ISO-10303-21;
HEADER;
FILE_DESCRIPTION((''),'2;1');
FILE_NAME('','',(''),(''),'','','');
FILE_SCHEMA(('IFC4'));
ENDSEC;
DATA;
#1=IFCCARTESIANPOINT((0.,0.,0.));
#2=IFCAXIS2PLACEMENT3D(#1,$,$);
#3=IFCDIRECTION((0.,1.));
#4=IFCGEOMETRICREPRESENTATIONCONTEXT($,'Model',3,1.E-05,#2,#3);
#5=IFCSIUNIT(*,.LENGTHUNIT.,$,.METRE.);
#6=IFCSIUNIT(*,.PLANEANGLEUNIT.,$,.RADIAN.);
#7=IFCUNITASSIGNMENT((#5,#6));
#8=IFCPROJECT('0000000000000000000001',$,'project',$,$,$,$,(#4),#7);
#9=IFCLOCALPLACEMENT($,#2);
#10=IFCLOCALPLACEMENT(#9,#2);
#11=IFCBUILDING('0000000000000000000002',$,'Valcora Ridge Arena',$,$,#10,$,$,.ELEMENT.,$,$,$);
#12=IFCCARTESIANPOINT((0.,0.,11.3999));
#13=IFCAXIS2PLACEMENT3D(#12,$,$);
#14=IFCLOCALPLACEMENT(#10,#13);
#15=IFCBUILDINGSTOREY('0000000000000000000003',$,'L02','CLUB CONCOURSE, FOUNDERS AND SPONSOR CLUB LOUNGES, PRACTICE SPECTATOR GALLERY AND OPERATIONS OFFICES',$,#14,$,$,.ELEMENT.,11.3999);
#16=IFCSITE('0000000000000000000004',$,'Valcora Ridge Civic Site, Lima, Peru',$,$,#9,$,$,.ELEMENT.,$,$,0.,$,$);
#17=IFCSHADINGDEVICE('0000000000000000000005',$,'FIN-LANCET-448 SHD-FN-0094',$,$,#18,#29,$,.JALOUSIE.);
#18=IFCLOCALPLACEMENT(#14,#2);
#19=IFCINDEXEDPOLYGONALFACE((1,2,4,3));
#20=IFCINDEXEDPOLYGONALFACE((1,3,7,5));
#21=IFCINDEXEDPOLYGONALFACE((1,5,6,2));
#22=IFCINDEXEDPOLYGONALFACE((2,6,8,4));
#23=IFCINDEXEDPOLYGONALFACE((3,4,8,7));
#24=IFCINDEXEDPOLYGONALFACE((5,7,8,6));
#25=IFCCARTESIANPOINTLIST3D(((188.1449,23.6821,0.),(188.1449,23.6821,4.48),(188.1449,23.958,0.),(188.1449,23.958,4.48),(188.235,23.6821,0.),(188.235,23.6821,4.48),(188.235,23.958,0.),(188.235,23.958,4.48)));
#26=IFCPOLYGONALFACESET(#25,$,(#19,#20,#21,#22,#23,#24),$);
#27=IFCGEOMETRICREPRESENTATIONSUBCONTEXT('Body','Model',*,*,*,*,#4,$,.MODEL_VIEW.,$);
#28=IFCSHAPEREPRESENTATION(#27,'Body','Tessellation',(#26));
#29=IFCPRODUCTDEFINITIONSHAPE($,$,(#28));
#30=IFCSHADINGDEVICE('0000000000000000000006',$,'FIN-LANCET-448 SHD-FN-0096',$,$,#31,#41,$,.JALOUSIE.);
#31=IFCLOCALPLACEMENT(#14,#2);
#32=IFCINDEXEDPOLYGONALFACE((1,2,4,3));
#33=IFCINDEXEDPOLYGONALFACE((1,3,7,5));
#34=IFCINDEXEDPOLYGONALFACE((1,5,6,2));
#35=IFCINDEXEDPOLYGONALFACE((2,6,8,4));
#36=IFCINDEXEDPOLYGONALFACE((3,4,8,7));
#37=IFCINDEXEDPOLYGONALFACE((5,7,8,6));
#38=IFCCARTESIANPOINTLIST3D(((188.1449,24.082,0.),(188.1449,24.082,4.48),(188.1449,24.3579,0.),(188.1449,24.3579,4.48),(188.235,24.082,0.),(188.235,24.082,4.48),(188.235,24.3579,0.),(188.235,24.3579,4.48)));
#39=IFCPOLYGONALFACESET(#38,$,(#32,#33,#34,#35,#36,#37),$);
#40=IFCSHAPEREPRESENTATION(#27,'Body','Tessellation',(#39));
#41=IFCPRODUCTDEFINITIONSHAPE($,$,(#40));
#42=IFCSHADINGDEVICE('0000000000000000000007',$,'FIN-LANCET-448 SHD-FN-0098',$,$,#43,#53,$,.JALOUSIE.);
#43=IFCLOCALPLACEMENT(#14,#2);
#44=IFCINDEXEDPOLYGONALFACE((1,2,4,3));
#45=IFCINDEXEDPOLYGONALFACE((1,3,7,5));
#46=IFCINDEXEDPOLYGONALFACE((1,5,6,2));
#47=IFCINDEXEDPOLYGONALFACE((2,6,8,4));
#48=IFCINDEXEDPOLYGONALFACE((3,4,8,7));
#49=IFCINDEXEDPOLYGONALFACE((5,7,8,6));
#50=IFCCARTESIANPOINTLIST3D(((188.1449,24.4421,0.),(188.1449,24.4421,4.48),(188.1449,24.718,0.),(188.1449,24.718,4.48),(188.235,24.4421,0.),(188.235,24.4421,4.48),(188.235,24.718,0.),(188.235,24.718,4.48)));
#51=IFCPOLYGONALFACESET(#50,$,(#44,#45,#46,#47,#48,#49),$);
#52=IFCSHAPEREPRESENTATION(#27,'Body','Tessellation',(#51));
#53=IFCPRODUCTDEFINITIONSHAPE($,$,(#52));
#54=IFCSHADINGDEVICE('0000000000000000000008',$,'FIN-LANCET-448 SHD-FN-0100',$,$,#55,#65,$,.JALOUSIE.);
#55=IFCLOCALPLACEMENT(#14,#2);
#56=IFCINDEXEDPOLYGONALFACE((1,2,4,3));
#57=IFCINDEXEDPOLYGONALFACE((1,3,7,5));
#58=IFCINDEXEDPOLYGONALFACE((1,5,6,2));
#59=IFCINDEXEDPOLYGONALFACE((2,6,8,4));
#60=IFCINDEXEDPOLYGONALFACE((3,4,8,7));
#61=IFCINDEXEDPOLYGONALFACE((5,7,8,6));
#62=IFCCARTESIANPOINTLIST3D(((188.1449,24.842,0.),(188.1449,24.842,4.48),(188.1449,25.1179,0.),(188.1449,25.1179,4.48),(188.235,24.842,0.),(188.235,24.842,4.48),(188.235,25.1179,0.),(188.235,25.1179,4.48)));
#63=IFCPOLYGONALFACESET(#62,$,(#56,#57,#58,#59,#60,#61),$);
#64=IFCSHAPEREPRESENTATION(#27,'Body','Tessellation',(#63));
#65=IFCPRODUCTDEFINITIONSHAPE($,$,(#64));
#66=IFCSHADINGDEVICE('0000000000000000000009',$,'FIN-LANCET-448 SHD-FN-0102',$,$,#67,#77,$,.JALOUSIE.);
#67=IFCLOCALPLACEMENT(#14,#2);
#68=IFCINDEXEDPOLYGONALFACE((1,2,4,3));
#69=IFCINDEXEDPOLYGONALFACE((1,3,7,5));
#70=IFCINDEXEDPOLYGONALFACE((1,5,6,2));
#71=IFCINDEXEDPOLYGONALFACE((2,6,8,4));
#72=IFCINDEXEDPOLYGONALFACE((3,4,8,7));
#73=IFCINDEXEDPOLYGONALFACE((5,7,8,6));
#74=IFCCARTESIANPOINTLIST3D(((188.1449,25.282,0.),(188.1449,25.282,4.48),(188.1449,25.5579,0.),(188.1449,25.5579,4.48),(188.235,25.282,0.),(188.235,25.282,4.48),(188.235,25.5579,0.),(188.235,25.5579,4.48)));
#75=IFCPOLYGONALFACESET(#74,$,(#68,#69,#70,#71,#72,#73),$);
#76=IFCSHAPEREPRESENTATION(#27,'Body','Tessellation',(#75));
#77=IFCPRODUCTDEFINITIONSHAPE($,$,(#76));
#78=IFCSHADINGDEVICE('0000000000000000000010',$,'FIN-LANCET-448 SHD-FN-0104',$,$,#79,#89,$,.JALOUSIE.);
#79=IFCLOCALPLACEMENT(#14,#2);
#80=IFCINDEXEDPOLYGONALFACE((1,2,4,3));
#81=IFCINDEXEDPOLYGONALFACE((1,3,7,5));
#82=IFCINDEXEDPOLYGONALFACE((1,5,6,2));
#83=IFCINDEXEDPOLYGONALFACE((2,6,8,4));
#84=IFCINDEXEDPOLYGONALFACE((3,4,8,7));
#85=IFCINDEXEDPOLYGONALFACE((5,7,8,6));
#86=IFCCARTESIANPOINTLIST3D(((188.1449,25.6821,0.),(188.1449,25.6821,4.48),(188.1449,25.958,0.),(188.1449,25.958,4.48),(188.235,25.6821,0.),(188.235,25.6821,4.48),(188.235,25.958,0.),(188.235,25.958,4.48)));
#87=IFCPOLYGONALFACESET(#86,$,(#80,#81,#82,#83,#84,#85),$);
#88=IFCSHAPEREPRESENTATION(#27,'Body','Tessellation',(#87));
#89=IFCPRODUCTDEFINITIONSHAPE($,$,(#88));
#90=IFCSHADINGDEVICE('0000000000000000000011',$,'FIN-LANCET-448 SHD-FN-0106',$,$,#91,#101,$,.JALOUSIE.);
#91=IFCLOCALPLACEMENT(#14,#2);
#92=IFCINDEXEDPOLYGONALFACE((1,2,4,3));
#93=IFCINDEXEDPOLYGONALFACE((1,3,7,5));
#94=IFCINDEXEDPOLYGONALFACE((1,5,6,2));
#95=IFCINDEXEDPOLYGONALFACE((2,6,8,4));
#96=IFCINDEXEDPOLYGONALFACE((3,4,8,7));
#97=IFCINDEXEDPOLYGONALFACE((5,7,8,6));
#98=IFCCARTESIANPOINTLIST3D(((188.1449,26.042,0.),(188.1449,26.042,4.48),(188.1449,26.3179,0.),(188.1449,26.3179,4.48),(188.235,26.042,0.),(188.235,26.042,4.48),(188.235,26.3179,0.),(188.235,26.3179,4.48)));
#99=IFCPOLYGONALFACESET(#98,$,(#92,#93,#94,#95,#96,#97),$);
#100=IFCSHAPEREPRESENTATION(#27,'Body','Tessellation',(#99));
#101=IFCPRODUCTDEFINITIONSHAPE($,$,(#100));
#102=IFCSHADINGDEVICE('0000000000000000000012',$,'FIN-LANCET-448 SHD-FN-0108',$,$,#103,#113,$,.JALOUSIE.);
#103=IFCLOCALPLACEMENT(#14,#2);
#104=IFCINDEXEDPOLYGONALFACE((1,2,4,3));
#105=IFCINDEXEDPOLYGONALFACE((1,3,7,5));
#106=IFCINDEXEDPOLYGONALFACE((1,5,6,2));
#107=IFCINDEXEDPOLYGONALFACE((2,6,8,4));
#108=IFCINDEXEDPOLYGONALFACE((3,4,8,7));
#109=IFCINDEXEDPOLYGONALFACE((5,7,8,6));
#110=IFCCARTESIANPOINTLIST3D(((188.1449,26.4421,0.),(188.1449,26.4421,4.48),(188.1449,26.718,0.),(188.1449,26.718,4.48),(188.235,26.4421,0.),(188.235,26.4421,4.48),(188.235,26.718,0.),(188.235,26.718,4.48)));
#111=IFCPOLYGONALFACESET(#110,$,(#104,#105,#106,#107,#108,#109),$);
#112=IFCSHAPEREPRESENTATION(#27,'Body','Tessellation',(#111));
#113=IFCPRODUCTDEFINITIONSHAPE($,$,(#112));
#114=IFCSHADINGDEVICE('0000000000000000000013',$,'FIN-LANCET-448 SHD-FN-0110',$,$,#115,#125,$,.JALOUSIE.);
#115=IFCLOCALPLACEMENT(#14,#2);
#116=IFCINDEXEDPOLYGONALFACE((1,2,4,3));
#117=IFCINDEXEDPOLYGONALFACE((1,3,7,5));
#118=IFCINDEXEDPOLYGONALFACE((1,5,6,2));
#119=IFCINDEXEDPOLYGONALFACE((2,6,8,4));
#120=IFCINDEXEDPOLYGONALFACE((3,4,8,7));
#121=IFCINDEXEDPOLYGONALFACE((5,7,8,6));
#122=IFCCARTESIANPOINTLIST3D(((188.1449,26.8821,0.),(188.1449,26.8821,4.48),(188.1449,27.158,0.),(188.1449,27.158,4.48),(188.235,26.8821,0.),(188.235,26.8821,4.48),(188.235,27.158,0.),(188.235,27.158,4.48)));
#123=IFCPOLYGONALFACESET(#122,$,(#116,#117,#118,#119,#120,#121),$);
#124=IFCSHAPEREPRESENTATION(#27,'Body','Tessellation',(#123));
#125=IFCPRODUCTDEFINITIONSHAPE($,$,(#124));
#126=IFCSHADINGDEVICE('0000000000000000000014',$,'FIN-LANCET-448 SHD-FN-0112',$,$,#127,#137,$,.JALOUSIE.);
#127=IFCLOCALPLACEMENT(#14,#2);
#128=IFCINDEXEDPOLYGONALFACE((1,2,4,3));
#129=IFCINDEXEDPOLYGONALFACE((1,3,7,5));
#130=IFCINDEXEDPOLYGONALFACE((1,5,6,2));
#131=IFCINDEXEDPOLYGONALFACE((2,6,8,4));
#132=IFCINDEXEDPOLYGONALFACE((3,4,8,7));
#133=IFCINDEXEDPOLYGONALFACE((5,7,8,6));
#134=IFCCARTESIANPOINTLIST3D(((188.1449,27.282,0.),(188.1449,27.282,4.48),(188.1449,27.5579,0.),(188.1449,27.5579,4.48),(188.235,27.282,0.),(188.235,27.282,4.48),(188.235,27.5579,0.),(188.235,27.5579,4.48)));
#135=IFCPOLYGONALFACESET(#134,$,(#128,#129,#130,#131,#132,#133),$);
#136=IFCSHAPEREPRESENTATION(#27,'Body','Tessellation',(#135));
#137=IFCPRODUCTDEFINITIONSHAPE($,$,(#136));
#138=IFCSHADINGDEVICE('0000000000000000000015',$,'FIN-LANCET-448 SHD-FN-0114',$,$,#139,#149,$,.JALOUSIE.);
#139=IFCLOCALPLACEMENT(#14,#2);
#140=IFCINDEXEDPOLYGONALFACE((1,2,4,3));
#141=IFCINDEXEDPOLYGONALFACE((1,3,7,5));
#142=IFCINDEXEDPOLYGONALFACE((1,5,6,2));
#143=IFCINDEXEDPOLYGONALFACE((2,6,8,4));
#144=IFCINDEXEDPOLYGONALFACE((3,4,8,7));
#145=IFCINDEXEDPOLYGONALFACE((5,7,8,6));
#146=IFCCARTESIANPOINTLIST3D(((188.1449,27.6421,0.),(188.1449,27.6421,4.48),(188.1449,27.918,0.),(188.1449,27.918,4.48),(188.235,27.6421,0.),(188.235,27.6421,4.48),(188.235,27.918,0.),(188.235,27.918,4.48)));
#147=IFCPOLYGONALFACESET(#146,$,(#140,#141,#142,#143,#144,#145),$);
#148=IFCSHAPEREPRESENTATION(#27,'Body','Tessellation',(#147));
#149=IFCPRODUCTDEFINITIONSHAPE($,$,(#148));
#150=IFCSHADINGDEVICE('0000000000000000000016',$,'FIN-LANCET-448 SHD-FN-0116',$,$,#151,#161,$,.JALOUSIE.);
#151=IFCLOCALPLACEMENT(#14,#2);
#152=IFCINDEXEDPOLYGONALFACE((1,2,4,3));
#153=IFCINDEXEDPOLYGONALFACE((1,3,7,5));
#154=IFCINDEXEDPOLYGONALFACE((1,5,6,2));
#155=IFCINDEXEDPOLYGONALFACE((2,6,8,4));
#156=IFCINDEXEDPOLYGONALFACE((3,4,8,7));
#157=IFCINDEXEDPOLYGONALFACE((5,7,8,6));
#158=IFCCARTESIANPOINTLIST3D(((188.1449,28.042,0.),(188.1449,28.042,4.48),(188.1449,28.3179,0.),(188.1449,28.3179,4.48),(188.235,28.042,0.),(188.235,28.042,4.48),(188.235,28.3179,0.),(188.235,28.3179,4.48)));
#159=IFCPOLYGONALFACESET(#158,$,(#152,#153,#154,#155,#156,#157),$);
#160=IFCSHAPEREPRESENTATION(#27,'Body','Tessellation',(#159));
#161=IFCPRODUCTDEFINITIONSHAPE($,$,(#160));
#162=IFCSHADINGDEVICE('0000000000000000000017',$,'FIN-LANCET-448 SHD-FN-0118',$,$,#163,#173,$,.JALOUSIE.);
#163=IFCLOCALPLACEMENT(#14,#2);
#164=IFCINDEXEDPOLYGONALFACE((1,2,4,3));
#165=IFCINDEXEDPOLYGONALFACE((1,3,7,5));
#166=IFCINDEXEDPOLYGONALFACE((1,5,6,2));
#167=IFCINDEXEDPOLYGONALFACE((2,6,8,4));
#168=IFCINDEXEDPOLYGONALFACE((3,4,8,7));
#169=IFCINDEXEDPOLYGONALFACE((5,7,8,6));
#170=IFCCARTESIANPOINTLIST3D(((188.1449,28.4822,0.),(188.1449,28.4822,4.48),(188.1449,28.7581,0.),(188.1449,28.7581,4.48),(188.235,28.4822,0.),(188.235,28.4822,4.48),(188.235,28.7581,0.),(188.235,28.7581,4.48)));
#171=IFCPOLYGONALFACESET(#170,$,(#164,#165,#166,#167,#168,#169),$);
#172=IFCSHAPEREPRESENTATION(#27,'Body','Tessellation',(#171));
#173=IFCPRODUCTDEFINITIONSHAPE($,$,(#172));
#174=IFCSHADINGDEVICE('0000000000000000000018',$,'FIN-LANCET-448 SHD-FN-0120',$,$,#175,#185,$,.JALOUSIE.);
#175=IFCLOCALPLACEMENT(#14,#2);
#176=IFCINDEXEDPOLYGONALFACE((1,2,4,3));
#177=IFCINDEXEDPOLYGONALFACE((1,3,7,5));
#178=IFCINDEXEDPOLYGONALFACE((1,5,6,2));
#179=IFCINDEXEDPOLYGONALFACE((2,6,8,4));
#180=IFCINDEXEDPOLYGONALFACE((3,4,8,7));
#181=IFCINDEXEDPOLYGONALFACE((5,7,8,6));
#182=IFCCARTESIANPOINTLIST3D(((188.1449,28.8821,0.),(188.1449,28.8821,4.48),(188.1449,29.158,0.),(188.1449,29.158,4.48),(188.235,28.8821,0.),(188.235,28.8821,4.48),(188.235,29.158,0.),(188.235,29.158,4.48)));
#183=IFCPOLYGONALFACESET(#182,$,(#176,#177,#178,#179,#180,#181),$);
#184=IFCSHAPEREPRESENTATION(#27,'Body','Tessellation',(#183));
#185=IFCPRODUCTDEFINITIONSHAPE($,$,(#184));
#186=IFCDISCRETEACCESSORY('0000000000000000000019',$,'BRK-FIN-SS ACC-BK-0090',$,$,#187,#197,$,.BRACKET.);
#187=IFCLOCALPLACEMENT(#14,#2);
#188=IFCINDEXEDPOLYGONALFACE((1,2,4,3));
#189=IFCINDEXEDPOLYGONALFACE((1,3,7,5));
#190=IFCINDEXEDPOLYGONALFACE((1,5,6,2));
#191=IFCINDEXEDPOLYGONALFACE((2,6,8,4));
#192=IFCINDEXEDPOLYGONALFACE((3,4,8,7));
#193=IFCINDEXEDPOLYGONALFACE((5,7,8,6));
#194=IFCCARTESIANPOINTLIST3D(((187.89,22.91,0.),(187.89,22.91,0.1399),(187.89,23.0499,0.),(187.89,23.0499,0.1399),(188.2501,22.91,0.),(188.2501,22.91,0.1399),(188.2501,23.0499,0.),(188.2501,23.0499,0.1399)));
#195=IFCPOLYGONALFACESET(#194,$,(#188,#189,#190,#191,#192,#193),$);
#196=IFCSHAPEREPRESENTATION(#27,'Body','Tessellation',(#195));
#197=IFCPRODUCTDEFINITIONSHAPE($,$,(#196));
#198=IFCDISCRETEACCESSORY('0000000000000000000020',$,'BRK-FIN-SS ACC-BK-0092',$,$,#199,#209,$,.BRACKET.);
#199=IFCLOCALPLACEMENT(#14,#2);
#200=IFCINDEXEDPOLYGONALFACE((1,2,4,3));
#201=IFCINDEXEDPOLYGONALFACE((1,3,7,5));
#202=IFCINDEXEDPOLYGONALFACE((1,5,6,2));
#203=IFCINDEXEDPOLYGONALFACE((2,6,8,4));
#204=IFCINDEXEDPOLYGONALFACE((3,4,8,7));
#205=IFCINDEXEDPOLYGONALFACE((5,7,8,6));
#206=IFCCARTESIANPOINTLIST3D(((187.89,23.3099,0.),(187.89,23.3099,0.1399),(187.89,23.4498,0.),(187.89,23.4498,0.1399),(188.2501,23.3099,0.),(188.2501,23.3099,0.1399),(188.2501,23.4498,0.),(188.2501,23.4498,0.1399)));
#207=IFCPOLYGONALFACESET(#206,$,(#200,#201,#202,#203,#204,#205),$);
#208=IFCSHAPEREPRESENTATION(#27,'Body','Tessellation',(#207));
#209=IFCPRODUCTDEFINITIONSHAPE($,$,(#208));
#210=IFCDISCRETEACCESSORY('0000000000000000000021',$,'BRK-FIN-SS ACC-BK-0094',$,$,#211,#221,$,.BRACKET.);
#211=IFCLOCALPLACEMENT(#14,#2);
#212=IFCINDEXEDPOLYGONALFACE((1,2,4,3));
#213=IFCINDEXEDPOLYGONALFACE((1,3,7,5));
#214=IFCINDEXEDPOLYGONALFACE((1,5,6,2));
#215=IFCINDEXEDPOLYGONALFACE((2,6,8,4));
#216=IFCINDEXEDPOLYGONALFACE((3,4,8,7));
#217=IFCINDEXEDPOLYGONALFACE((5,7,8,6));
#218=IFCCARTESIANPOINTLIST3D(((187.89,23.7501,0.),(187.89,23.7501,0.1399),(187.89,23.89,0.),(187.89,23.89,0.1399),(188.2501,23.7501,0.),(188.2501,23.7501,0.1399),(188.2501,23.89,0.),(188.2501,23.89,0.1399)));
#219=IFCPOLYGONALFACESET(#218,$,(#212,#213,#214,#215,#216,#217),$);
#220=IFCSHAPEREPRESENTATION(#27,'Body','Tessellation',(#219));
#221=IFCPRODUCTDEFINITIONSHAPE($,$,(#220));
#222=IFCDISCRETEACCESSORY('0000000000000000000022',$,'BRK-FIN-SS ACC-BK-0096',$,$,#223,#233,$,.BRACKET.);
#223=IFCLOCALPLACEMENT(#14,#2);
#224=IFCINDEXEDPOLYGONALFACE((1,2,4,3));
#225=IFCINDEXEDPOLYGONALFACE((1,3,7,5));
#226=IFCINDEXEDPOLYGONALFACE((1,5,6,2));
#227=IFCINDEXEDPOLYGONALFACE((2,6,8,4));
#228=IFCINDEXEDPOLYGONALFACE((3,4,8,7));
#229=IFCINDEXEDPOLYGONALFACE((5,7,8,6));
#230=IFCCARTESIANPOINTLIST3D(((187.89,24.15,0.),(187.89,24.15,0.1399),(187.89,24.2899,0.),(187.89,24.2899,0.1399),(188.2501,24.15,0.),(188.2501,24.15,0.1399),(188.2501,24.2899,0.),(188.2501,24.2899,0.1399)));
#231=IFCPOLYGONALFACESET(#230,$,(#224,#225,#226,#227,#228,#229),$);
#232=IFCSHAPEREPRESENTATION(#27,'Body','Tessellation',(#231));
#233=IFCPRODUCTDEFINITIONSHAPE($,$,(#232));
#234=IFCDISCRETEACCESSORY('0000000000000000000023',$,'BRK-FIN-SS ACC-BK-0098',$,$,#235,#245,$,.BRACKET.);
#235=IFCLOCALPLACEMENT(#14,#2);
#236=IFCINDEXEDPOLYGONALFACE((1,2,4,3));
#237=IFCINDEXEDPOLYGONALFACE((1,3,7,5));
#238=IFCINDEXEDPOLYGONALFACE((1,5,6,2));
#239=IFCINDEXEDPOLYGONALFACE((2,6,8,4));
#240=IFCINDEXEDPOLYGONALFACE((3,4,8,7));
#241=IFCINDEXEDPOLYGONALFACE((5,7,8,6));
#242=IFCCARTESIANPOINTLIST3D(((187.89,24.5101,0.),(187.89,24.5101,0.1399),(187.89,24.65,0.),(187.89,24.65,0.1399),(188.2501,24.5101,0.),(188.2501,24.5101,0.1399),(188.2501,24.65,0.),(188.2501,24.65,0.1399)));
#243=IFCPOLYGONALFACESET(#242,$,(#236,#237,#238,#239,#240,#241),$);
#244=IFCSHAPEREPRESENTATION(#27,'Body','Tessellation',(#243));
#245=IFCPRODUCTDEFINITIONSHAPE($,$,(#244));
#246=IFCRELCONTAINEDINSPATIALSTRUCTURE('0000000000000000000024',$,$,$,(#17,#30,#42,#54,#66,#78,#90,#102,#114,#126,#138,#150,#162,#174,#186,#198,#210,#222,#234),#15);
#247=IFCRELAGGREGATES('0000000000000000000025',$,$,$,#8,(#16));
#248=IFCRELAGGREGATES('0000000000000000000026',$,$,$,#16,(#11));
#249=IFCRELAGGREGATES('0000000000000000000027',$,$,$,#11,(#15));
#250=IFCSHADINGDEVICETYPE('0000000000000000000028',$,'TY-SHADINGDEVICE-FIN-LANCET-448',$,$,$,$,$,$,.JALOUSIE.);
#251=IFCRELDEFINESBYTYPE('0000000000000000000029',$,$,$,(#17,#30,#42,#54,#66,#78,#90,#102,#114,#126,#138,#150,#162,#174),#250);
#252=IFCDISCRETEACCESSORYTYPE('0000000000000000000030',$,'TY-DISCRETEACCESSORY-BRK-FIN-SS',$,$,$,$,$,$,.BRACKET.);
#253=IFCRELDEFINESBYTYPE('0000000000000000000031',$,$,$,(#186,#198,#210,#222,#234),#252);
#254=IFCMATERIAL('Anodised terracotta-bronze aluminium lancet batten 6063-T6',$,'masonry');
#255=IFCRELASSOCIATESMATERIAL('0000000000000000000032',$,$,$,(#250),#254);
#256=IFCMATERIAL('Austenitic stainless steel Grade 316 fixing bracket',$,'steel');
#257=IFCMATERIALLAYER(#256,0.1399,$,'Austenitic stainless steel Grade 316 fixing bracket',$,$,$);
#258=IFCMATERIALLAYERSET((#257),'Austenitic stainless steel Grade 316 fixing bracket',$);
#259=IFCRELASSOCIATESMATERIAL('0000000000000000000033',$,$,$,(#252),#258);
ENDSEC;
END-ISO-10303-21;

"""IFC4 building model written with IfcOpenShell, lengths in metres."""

from ifc_helpers import new_model, si_unit, direction, frame, origin, origin_2d, place, context, subcontext, project, spatial, rectangle, extrude, material, layer, layer_set, material_profile, profile_set, type_object, element, save


model = new_model("IFC4")

# Units and contexts
model_context = context("Model", 3, precision=1e-05, world=origin(), true_north=direction((0.0, 1.0)))
body_context = subcontext(model_context, "Body", "Model", "MODEL_VIEW")
ifc_project = project(units=[si_unit("LENGTHUNIT", "METRE"), si_unit("PLANEANGLEUNIT", "RADIAN")], contexts=[model_context])

# Site, building, storey
site_placement = place(None, origin())
site = spatial("IfcSite", under=ifc_project, at=site_placement, Name="Valcora Ridge Civic Site, Lima, Peru", CompositionType="ELEMENT", RefElevation=0.0)
building_placement = place(site_placement, origin())
building = spatial("IfcBuilding", under=site, at=building_placement, Name="Valcora Ridge Arena", CompositionType="ELEMENT")
storey_placement = place(building_placement, frame((0.0, 0.0, 11.3999)))
storey = spatial("IfcBuildingStorey", under=building, at=storey_placement, Name="L02", Description="CLUB CONCOURSE, FOUNDERS AND SPONSOR CLUB LOUNGES, PRACTICE SPECTATOR GALLERY AND OPERATIONS OFFICES", CompositionType="ELEMENT", Elevation=11.3999)

# Shading devices
ifc_material_1 = material(Name="Anodised terracotta-bronze aluminium lancet batten 6063-T6", Category="masonry")
ifc_material_profile_1 = material_profile(ifc_material_1, rectangle(XDim=0.0901, YDim=0.2759, at=origin_2d()), Name="ALU LANCET BATTEN 90x276")
ifc_profile_set_1 = profile_set([ifc_material_profile_1], Name="Anodised terracotta-bronze aluminium lancet batten 6063-T6")
shading_device_type = type_object("IfcShadingDeviceType", Name="TY-SHADINGDEVICE-FIN-LANCET-448", PredefinedType="JALOUSIE", material=ifc_profile_set_1)
for number, where, z_axis, x_axis, name in (
    (1, (188.1899, 23.8201, 0.0), (0.0, 0.0, 1.0), (1.0, 0.0, 0.0), "FIN-LANCET-448 SHD-FN-0094"),
    (2, (188.1899, 24.22, 0.0), (0.0, 0.0, 1.0), (1.0, 0.0, 0.0), "FIN-LANCET-448 SHD-FN-0096"),
    (3, (188.1899, 24.5801, 0.0), (0.0, 0.0, 1.0), (1.0, 0.0, 0.0), "FIN-LANCET-448 SHD-FN-0098"),
    (4, (188.1899, 24.98, 0.0), (0.0, 0.0, 1.0), (1.0, 0.0, 0.0), "FIN-LANCET-448 SHD-FN-0100"),
    (5, (188.1899, 25.4199, 0.0), (0.0, 0.0, 1.0), (1.0, 0.0, 0.0), "FIN-LANCET-448 SHD-FN-0102"),
    (6, (188.1899, 25.8201, 0.0), (0.0, 0.0, 1.0), (1.0, 0.0, 0.0), "FIN-LANCET-448 SHD-FN-0104"),
    (7, (188.1899, 26.1799, 0.0), (0.0, 0.0, 1.0), (1.0, 0.0, 0.0), "FIN-LANCET-448 SHD-FN-0106"),
    (8, (188.1899, 26.5801, 0.0), (0.0, 0.0, 1.0), (1.0, 0.0, 0.0), "FIN-LANCET-448 SHD-FN-0108"),
    (9, (188.1899, 27.02, 0.0), (0.0, 0.0, 1.0), (1.0, 0.0, 0.0), "FIN-LANCET-448 SHD-FN-0110"),
    (10, (188.1899, 27.4199, 0.0), (0.0, 0.0, 1.0), (1.0, 0.0, 0.0), "FIN-LANCET-448 SHD-FN-0112"),
    (11, (188.1899, 27.78, 0.0), (0.0, 0.0, 1.0), (1.0, 0.0, 0.0), "FIN-LANCET-448 SHD-FN-0114"),
    (12, (188.1899, 28.1799, 0.0), (0.0, 0.0, 1.0), (1.0, 0.0, 0.0), "FIN-LANCET-448 SHD-FN-0116"),
    (13, (188.1899, 28.6201, 0.0), (0.0, 0.0, 1.0), (1.0, 0.0, 0.0), "FIN-LANCET-448 SHD-FN-0118"),
    (14, (188.1899, 29.02, 0.0), (0.0, 0.0, 1.0), (1.0, 0.0, 0.0), "FIN-LANCET-448 SHD-FN-0120"),
):
    element("IfcShadingDevice", number, at=place(storey_placement, frame(where, z_axis=z_axis, x_axis=x_axis)), inside=storey, type_object=shading_device_type, Name=name, PredefinedType="JALOUSIE", context=body_context, shape_type="SweptSolid", body=[
        extrude(rectangle(XDim=0.0901, YDim=0.2759, at=origin_2d()), origin(), (0.0, 0.0, 1.0), 4.48),
    ])

# Discrete accessories
ifc_material_2 = material(Name="Austenitic stainless steel Grade 316 fixing bracket", Category="steel")
ifc_layer_1 = layer(ifc_material_2, 0.1399, Name="Austenitic stainless steel Grade 316 fixing bracket")
ifc_layer_set_1 = layer_set([ifc_layer_1], Name="Austenitic stainless steel Grade 316 fixing bracket")
discrete_accessory_type = type_object("IfcDiscreteAccessoryType", Name="TY-DISCRETEACCESSORY-BRK-FIN-SS", PredefinedType="BRACKET", material=ifc_layer_set_1)
for number, where, z_axis, x_axis, name in (
    (15, (188.0701, 22.98, 0.0), (0.0, 0.0, 1.0), (1.0, 0.0, 0.0), "BRK-FIN-SS ACC-BK-0090"),
    (16, (188.0701, 23.3799, 0.0), (0.0, 0.0, 1.0), (1.0, 0.0, 0.0), "BRK-FIN-SS ACC-BK-0092"),
    (17, (188.0701, 23.8201, 0.0), (0.0, 0.0, 1.0), (1.0, 0.0, 0.0), "BRK-FIN-SS ACC-BK-0094"),
    (18, (188.0701, 24.22, 0.0), (0.0, 0.0, 1.0), (1.0, 0.0, 0.0), "BRK-FIN-SS ACC-BK-0096"),
    (19, (188.0701, 24.5801, 0.0), (0.0, 0.0, 1.0), (1.0, 0.0, 0.0), "BRK-FIN-SS ACC-BK-0098"),
):
    element("IfcDiscreteAccessory", number, at=place(storey_placement, frame(where, z_axis=z_axis, x_axis=x_axis)), inside=storey, type_object=discrete_accessory_type, Name=name, PredefinedType="BRACKET", context=body_context, shape_type="SweptSolid", body=[
        extrude(rectangle(XDim=0.3601, YDim=0.1399, at=origin_2d()), origin(), (0.0, 0.0, 1.0), 0.1399),
    ])

save(model, "model.ifc")
